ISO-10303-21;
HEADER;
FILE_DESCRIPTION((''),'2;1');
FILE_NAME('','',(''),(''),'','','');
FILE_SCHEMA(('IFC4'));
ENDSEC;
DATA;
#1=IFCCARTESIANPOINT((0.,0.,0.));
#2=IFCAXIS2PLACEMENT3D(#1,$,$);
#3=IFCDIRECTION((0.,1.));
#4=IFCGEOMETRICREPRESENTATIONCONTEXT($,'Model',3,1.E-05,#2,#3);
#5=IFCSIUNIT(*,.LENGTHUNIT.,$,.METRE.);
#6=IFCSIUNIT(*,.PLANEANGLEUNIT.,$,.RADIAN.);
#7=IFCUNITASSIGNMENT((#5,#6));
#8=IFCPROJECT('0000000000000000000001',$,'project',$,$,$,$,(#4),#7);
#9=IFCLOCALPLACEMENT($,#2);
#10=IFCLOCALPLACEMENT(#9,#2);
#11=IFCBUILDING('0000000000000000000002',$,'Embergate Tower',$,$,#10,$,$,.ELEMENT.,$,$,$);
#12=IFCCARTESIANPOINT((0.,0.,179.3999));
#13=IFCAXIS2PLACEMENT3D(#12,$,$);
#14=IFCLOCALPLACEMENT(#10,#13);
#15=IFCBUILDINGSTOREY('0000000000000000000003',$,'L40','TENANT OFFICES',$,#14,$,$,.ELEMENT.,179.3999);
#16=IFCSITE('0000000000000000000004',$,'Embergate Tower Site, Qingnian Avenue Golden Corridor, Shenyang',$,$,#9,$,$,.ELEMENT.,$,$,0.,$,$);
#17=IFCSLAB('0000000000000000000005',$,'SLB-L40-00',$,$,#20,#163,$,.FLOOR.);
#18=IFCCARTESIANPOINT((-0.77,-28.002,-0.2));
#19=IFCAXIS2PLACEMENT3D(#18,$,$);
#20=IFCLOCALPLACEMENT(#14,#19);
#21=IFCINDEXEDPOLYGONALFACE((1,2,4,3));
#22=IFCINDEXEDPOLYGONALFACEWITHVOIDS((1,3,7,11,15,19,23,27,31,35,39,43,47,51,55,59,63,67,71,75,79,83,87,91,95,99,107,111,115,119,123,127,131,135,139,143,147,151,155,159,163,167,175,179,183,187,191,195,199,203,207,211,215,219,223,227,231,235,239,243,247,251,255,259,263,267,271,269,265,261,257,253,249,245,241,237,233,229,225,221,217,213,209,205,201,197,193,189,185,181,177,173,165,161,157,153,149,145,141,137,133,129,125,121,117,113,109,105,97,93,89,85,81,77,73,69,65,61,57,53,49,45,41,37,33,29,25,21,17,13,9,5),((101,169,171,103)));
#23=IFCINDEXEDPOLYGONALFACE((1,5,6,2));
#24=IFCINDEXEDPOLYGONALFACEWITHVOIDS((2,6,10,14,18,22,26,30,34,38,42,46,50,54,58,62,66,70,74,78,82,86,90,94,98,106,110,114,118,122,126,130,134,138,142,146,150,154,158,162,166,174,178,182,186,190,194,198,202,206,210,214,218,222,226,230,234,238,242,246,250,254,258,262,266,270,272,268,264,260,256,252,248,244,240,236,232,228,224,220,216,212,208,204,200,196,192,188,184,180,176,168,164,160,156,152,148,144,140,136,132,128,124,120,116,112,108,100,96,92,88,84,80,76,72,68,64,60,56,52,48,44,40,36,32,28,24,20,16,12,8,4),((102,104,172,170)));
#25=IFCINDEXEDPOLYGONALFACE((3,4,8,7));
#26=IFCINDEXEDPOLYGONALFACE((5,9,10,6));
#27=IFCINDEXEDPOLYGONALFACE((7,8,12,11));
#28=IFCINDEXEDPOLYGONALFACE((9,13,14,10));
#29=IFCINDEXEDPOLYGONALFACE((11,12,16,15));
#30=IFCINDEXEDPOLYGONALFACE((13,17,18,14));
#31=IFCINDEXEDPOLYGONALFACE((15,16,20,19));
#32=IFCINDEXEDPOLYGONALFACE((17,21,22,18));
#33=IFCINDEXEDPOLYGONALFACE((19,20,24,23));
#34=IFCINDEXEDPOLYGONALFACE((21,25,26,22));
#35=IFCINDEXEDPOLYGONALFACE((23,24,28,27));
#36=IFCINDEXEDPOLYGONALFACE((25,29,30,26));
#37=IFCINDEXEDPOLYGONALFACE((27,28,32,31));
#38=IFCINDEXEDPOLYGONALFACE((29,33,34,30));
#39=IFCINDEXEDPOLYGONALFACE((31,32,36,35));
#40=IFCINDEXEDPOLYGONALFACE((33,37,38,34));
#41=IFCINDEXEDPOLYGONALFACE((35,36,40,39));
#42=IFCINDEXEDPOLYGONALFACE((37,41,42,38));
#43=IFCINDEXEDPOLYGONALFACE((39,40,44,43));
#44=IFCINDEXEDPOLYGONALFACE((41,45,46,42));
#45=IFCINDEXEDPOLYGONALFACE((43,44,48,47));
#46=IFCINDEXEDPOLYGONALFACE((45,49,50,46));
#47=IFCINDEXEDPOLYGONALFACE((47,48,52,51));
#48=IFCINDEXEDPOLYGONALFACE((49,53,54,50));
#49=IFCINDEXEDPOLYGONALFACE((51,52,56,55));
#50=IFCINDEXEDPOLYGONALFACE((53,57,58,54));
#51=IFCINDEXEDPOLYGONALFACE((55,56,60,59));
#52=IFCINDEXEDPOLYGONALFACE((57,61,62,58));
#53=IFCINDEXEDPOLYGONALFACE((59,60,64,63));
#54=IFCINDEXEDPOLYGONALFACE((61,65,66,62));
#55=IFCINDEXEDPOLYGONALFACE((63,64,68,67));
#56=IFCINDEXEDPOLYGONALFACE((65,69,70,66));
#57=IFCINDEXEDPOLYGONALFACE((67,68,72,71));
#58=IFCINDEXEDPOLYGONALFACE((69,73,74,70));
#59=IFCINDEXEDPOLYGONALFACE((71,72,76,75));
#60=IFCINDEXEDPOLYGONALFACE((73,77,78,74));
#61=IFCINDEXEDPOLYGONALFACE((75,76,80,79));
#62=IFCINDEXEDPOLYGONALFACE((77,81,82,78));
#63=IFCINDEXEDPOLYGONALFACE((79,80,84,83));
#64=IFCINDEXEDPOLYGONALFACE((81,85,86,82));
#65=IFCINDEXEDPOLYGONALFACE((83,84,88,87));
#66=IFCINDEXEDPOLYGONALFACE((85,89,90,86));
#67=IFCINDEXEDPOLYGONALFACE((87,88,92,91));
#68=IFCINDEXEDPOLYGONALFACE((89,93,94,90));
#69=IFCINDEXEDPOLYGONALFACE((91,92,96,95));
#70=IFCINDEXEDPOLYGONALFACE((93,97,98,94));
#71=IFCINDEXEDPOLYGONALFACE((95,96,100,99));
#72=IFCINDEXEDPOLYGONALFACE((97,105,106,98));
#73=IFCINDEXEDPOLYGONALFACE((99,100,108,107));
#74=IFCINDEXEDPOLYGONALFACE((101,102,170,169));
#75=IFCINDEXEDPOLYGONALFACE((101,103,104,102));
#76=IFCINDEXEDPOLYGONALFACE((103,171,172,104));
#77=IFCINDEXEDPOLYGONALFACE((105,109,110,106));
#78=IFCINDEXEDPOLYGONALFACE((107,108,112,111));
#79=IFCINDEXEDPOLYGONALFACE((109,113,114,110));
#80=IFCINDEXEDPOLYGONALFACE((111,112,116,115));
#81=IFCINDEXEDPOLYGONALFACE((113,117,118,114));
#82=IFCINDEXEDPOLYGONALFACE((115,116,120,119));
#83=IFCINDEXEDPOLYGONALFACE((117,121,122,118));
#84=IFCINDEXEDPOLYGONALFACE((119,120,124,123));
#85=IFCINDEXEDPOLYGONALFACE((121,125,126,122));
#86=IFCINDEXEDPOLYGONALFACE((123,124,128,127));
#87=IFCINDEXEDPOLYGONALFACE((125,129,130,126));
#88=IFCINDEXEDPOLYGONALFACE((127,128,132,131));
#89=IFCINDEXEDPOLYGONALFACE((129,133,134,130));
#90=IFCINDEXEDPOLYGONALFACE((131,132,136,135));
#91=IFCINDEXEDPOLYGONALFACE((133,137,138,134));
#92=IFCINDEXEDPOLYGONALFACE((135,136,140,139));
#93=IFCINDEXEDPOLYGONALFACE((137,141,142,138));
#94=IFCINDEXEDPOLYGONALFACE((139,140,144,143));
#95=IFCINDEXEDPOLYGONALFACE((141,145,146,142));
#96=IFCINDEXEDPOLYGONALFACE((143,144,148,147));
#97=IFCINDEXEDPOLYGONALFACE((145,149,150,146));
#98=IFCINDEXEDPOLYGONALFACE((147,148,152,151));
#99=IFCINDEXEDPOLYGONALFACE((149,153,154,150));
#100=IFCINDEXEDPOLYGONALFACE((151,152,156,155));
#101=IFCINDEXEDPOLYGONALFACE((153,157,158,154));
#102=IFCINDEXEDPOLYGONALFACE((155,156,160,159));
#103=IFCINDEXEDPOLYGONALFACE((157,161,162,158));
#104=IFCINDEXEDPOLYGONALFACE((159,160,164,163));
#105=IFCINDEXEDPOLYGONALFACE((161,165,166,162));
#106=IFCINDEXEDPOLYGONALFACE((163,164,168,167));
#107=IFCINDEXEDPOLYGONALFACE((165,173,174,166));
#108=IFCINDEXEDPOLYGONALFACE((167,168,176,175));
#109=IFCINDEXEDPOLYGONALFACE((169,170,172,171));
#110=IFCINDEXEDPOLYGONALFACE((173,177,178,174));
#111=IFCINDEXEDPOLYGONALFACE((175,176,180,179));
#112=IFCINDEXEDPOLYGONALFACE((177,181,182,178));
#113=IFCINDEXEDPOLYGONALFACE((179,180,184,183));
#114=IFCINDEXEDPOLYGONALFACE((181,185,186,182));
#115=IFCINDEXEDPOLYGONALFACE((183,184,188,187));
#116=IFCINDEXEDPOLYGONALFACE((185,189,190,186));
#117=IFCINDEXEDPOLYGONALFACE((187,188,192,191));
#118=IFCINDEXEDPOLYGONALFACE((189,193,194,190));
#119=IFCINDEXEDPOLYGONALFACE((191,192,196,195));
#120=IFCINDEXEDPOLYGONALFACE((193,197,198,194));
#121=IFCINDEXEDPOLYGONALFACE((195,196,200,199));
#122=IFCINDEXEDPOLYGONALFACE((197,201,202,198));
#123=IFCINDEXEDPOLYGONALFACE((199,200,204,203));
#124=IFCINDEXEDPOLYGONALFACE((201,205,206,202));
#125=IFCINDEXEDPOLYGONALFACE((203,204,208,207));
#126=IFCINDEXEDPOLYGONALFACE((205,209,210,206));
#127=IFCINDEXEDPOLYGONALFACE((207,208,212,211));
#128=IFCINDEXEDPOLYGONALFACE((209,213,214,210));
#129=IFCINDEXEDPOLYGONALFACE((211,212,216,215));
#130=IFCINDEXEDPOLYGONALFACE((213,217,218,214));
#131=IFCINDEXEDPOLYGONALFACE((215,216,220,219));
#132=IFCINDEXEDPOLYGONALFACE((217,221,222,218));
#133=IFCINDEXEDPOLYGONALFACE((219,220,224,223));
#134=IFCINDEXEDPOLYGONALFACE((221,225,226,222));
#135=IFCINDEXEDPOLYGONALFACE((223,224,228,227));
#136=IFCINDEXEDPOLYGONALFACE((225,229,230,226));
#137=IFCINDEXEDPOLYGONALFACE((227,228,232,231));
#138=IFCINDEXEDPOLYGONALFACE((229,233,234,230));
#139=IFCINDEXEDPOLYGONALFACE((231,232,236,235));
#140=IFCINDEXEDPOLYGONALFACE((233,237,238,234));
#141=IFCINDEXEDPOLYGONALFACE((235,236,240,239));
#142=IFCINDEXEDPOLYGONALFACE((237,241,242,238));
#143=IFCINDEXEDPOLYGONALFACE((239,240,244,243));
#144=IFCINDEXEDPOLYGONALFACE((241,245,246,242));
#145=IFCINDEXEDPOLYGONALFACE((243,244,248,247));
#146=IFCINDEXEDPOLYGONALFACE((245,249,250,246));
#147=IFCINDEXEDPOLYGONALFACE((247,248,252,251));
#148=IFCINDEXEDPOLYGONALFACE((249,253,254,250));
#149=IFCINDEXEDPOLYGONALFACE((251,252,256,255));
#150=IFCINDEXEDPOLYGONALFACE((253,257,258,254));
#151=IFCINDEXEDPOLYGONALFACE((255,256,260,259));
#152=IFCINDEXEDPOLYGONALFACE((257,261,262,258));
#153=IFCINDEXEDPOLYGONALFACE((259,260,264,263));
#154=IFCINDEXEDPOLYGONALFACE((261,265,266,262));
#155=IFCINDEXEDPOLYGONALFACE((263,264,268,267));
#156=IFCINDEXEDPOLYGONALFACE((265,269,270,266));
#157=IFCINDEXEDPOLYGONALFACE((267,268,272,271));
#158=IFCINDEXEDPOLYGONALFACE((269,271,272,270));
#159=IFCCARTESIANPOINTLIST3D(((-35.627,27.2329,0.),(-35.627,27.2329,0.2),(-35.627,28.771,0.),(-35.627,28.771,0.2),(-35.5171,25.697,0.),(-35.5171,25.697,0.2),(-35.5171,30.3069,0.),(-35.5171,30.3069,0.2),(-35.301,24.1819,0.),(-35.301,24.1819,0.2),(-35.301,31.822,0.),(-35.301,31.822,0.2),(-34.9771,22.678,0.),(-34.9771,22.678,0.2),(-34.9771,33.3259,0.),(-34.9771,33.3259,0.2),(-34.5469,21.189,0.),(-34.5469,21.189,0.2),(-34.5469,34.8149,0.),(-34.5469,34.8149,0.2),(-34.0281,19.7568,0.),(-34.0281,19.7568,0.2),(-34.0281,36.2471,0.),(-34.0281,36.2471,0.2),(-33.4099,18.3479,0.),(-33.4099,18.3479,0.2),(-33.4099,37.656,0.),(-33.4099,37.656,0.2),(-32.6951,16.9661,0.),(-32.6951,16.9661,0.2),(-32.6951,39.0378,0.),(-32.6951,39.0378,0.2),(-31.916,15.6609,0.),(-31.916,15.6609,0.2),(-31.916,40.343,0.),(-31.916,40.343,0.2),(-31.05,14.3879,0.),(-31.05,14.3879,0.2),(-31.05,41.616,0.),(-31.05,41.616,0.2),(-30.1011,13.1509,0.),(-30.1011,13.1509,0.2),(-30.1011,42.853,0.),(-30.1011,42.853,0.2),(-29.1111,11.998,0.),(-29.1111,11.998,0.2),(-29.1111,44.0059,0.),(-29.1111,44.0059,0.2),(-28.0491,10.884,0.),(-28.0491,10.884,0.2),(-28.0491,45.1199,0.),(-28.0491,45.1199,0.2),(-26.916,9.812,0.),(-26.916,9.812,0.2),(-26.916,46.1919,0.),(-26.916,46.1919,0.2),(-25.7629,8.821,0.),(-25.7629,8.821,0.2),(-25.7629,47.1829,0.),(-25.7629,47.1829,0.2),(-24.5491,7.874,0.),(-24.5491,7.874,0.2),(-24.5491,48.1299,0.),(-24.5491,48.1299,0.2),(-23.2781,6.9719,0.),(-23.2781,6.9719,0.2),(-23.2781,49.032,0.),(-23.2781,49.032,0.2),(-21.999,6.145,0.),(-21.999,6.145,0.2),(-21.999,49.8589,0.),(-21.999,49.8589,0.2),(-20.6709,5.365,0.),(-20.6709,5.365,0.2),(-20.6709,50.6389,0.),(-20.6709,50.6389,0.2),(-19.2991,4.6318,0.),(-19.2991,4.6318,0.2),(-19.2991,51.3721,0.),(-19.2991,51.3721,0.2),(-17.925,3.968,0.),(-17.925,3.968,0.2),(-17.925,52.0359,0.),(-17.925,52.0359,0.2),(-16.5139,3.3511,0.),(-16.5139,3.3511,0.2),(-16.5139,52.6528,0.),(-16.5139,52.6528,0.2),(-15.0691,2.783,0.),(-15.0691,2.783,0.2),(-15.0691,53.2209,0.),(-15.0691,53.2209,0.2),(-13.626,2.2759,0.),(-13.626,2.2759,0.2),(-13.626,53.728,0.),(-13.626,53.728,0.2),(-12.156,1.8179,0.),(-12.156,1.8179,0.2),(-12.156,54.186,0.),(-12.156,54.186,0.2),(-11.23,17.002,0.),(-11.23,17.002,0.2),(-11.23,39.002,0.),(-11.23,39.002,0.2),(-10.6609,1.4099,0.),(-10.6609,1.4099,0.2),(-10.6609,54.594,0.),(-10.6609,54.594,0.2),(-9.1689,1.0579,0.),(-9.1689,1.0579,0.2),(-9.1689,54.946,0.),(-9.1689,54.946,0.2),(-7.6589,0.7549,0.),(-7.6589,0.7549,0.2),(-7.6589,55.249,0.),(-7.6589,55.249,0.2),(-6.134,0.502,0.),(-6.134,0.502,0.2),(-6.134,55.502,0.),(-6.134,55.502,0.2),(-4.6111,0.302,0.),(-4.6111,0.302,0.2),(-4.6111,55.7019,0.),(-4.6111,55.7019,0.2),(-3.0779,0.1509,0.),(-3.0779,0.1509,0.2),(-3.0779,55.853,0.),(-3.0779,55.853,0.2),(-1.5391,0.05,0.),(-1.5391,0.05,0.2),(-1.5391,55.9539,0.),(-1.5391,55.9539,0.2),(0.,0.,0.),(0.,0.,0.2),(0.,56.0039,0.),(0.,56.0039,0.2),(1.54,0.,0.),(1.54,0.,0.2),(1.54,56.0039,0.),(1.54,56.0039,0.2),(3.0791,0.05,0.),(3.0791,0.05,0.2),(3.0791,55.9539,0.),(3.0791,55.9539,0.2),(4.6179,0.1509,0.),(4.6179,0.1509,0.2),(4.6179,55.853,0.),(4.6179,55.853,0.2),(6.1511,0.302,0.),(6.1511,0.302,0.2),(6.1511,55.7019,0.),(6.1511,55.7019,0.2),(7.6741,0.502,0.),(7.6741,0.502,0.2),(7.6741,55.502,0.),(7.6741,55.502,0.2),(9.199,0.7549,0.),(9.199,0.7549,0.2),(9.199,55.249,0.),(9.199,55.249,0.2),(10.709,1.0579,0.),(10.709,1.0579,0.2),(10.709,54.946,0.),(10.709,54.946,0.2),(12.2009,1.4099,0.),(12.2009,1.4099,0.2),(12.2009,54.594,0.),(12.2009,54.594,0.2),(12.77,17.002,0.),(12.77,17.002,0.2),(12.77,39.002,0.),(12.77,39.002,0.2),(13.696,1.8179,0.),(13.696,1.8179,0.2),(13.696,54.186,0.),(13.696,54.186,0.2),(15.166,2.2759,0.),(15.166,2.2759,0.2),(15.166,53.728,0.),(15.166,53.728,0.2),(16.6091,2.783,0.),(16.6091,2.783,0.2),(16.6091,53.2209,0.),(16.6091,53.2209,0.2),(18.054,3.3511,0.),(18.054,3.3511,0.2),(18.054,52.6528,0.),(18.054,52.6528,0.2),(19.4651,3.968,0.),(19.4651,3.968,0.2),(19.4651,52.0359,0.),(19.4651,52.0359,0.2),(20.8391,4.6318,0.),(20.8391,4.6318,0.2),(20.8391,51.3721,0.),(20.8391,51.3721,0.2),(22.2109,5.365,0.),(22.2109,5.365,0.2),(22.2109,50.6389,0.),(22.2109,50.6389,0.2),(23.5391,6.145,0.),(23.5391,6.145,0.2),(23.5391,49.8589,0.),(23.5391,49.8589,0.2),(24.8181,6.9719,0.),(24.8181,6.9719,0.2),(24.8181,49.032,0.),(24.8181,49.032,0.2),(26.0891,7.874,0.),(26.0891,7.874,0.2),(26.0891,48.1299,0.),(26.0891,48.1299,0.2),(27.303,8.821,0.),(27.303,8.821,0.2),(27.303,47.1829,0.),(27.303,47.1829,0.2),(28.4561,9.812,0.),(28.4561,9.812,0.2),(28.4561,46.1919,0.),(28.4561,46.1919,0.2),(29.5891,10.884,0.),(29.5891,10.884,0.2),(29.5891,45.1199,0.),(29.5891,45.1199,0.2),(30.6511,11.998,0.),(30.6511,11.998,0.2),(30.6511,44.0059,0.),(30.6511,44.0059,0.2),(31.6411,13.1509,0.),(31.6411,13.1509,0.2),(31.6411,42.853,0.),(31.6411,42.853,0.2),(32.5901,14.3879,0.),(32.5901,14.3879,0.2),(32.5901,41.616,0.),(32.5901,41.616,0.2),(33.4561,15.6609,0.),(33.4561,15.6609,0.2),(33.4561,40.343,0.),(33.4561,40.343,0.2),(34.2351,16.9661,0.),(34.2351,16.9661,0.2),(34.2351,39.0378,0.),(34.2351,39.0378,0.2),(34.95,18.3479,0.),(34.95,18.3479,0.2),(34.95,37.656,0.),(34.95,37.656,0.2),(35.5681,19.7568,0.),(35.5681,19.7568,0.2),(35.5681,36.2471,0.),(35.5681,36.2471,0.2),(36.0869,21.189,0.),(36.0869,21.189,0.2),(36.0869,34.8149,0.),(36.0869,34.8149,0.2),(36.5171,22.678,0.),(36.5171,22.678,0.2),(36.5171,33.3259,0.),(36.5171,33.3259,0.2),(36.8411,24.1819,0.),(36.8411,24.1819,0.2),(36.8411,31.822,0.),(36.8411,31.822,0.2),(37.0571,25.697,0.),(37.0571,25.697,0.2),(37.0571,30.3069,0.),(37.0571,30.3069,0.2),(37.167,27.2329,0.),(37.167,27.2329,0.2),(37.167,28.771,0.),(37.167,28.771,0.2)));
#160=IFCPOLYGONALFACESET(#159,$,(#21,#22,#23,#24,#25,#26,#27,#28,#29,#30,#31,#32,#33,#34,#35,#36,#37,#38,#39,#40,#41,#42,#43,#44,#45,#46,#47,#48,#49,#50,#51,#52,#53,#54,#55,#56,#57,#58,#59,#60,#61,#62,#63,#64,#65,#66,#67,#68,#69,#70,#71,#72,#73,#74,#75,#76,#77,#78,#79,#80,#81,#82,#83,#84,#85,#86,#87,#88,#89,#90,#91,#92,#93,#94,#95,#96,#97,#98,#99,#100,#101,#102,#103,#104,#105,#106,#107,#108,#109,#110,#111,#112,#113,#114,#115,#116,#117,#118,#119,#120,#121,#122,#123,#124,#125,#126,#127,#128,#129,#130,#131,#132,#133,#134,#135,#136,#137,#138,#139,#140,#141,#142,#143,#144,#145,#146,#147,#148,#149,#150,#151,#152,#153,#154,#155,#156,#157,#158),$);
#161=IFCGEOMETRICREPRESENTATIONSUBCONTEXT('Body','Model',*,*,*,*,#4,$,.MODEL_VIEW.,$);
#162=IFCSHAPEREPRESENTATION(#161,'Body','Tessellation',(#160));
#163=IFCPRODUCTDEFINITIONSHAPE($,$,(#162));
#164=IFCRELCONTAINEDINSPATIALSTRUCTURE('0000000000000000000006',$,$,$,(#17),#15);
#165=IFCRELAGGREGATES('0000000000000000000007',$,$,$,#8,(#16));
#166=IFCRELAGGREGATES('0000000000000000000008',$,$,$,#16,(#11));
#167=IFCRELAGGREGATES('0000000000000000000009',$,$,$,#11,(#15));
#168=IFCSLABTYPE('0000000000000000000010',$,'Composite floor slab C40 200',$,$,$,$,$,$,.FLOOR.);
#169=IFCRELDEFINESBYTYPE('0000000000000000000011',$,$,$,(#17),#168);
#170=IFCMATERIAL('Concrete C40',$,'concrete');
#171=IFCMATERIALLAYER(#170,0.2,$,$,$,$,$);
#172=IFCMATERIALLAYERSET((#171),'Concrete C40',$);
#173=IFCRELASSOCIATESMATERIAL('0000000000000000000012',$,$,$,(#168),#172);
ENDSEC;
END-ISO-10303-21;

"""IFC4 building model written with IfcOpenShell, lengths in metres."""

from ifc_helpers import new_model, si_unit, direction, frame, origin, place, context, subcontext, project, spatial, polyline, outline, extrude, source, transform, mapped, material, layer, layer_set, type_object, element, save


model = new_model("IFC4")

# Units and contexts
model_context = context("Model", 3, precision=1e-05, world=origin(), true_north=direction((0.0, 1.0)))
body_context = subcontext(model_context, "Body", "Model", "MODEL_VIEW")
ifc_project = project(units=[si_unit("LENGTHUNIT", "METRE"), si_unit("PLANEANGLEUNIT", "RADIAN")], contexts=[model_context])

# Site, building, storey
site_placement = place(None, origin())
site = spatial("IfcSite", under=ifc_project, at=site_placement, Name="Embergate Tower Site, Qingnian Avenue Golden Corridor, Shenyang", CompositionType="ELEMENT", RefElevation=0.0)
building_placement = place(site_placement, origin())
building = spatial("IfcBuilding", under=site, at=building_placement, Name="Embergate Tower", CompositionType="ELEMENT")
storey_placement = place(building_placement, frame((0.0, 0.0, 179.3999)))
storey = spatial("IfcBuildingStorey", under=building, at=storey_placement, Name="L40", Description="TENANT OFFICES", CompositionType="ELEMENT", Elevation=179.3999)

# Slab
ifc_material_1 = material(Name="Concrete C40", Category="concrete")
ifc_layer_1 = layer(ifc_material_1, 0.2)
ifc_layer_set_1 = layer_set([ifc_layer_1], Name="Concrete C40")
slab_type = type_object("IfcSlabType", Name="Composite floor slab C40 200", PredefinedType="FLOOR", material=ifc_layer_set_1)
shared_shape_1 = source(origin(), body_context, "Body", "SweptSolid", [
    extrude(outline(polyline([(0.0, 0.0), (1.54, 0.0), (3.0791, 0.05), (4.6179, 0.1509), (6.1511, 0.302), (7.6741, 0.502), (9.199, 0.7549), (10.709, 1.0579), (12.2009, 1.4099), (13.696, 1.8179), (15.166, 2.2759), (16.6091, 2.783), (18.054, 3.3511), (19.4651, 3.968), (20.8391, 4.6318), (22.2109, 5.365), (23.5391, 6.145), (24.8181, 6.9719), (26.0891, 7.874), (27.303, 8.821), (28.4561, 9.812), (29.5891, 10.884), (30.6511, 11.998), (31.6411, 13.1509), (32.5901, 14.3879), (33.4561, 15.6609), (34.2351, 16.9661), (34.95, 18.3479), (35.5681, 19.7568), (36.0869, 21.189), (36.5171, 22.678), (36.8411, 24.1819), (37.0571, 25.697), (37.167, 27.2329), (37.167, 28.771), (37.0571, 30.3069), (36.8411, 31.822), (36.5171, 33.3259), (36.0869, 34.8149), (35.5681, 36.2471), (34.95, 37.656), (34.2351, 39.0378), (33.4561, 40.343), (32.5901, 41.616), (31.6411, 42.853), (30.6511, 44.0059), (29.5891, 45.1199), (28.4561, 46.1919), (27.303, 47.1829), (26.0891, 48.1299), (24.8181, 49.032), (23.5391, 49.8589), (22.2109, 50.6389), (20.8391, 51.3721), (19.4651, 52.0359), (18.054, 52.6528), (16.6091, 53.2209), (15.166, 53.728), (13.696, 54.186), (12.2009, 54.594), (10.709, 54.946), (9.199, 55.249), (7.6741, 55.502), (6.1511, 55.7019), (4.6179, 55.853), (3.0791, 55.9539), (1.54, 56.0039), (0.0, 56.0039), (-1.5391, 55.9539), (-3.0779, 55.853), (-4.6111, 55.7019), (-6.134, 55.502), (-7.6589, 55.249), (-9.1689, 54.946), (-10.6609, 54.594), (-12.156, 54.186), (-13.626, 53.728), (-15.0691, 53.2209), (-16.5139, 52.6528), (-17.925, 52.0359), (-19.2991, 51.3721), (-20.6709, 50.6389), (-21.999, 49.8589), (-23.2781, 49.032), (-24.5491, 48.1299), (-25.7629, 47.1829), (-26.916, 46.1919), (-28.0491, 45.1199), (-29.1111, 44.0059), (-30.1011, 42.853), (-31.05, 41.616), (-31.916, 40.343), (-32.6951, 39.0378), (-33.4099, 37.656), (-34.0281, 36.2471), (-34.5469, 34.8149), (-34.9771, 33.3259), (-35.301, 31.822), (-35.5171, 30.3069), (-35.627, 28.771), (-35.627, 27.2329), (-35.5171, 25.697), (-35.301, 24.1819), (-34.9771, 22.678), (-34.5469, 21.189), (-34.0281, 19.7568), (-33.4099, 18.3479), (-32.6951, 16.9661), (-31.916, 15.6609), (-31.05, 14.3879), (-30.1011, 13.1509), (-29.1111, 11.998), (-28.0491, 10.884), (-26.916, 9.812), (-25.7629, 8.821), (-24.5491, 7.874), (-23.2781, 6.9719), (-21.999, 6.145), (-20.6709, 5.365), (-19.2991, 4.6318), (-17.925, 3.968), (-16.5139, 3.3511), (-15.0691, 2.783), (-13.626, 2.2759), (-12.156, 1.8179), (-10.6609, 1.4099), (-9.1689, 1.0579), (-7.6589, 0.7549), (-6.134, 0.502), (-4.6111, 0.302), (-3.0779, 0.1509), (-1.5391, 0.05), (0.0, 0.0)]), holes=[polyline([(-11.23, 17.002), (-11.23, 39.002), (12.77, 39.002), (12.77, 17.002), (-11.23, 17.002)])]), origin(), (0.0, 0.0, 1.0), 0.2),
])
slab_placement = place(storey_placement, frame((-0.77, -28.002, -0.2)))
element("IfcSlab", 1, at=slab_placement, inside=storey, type_object=slab_type, Name="SLB-L40-00", PredefinedType="FLOOR", context=body_context, shape_type="MappedRepresentation", body=[
    mapped(shared_shape_1, transform((0.0, 0.0, 0.0))),
])

save(model, "model.ifc")
